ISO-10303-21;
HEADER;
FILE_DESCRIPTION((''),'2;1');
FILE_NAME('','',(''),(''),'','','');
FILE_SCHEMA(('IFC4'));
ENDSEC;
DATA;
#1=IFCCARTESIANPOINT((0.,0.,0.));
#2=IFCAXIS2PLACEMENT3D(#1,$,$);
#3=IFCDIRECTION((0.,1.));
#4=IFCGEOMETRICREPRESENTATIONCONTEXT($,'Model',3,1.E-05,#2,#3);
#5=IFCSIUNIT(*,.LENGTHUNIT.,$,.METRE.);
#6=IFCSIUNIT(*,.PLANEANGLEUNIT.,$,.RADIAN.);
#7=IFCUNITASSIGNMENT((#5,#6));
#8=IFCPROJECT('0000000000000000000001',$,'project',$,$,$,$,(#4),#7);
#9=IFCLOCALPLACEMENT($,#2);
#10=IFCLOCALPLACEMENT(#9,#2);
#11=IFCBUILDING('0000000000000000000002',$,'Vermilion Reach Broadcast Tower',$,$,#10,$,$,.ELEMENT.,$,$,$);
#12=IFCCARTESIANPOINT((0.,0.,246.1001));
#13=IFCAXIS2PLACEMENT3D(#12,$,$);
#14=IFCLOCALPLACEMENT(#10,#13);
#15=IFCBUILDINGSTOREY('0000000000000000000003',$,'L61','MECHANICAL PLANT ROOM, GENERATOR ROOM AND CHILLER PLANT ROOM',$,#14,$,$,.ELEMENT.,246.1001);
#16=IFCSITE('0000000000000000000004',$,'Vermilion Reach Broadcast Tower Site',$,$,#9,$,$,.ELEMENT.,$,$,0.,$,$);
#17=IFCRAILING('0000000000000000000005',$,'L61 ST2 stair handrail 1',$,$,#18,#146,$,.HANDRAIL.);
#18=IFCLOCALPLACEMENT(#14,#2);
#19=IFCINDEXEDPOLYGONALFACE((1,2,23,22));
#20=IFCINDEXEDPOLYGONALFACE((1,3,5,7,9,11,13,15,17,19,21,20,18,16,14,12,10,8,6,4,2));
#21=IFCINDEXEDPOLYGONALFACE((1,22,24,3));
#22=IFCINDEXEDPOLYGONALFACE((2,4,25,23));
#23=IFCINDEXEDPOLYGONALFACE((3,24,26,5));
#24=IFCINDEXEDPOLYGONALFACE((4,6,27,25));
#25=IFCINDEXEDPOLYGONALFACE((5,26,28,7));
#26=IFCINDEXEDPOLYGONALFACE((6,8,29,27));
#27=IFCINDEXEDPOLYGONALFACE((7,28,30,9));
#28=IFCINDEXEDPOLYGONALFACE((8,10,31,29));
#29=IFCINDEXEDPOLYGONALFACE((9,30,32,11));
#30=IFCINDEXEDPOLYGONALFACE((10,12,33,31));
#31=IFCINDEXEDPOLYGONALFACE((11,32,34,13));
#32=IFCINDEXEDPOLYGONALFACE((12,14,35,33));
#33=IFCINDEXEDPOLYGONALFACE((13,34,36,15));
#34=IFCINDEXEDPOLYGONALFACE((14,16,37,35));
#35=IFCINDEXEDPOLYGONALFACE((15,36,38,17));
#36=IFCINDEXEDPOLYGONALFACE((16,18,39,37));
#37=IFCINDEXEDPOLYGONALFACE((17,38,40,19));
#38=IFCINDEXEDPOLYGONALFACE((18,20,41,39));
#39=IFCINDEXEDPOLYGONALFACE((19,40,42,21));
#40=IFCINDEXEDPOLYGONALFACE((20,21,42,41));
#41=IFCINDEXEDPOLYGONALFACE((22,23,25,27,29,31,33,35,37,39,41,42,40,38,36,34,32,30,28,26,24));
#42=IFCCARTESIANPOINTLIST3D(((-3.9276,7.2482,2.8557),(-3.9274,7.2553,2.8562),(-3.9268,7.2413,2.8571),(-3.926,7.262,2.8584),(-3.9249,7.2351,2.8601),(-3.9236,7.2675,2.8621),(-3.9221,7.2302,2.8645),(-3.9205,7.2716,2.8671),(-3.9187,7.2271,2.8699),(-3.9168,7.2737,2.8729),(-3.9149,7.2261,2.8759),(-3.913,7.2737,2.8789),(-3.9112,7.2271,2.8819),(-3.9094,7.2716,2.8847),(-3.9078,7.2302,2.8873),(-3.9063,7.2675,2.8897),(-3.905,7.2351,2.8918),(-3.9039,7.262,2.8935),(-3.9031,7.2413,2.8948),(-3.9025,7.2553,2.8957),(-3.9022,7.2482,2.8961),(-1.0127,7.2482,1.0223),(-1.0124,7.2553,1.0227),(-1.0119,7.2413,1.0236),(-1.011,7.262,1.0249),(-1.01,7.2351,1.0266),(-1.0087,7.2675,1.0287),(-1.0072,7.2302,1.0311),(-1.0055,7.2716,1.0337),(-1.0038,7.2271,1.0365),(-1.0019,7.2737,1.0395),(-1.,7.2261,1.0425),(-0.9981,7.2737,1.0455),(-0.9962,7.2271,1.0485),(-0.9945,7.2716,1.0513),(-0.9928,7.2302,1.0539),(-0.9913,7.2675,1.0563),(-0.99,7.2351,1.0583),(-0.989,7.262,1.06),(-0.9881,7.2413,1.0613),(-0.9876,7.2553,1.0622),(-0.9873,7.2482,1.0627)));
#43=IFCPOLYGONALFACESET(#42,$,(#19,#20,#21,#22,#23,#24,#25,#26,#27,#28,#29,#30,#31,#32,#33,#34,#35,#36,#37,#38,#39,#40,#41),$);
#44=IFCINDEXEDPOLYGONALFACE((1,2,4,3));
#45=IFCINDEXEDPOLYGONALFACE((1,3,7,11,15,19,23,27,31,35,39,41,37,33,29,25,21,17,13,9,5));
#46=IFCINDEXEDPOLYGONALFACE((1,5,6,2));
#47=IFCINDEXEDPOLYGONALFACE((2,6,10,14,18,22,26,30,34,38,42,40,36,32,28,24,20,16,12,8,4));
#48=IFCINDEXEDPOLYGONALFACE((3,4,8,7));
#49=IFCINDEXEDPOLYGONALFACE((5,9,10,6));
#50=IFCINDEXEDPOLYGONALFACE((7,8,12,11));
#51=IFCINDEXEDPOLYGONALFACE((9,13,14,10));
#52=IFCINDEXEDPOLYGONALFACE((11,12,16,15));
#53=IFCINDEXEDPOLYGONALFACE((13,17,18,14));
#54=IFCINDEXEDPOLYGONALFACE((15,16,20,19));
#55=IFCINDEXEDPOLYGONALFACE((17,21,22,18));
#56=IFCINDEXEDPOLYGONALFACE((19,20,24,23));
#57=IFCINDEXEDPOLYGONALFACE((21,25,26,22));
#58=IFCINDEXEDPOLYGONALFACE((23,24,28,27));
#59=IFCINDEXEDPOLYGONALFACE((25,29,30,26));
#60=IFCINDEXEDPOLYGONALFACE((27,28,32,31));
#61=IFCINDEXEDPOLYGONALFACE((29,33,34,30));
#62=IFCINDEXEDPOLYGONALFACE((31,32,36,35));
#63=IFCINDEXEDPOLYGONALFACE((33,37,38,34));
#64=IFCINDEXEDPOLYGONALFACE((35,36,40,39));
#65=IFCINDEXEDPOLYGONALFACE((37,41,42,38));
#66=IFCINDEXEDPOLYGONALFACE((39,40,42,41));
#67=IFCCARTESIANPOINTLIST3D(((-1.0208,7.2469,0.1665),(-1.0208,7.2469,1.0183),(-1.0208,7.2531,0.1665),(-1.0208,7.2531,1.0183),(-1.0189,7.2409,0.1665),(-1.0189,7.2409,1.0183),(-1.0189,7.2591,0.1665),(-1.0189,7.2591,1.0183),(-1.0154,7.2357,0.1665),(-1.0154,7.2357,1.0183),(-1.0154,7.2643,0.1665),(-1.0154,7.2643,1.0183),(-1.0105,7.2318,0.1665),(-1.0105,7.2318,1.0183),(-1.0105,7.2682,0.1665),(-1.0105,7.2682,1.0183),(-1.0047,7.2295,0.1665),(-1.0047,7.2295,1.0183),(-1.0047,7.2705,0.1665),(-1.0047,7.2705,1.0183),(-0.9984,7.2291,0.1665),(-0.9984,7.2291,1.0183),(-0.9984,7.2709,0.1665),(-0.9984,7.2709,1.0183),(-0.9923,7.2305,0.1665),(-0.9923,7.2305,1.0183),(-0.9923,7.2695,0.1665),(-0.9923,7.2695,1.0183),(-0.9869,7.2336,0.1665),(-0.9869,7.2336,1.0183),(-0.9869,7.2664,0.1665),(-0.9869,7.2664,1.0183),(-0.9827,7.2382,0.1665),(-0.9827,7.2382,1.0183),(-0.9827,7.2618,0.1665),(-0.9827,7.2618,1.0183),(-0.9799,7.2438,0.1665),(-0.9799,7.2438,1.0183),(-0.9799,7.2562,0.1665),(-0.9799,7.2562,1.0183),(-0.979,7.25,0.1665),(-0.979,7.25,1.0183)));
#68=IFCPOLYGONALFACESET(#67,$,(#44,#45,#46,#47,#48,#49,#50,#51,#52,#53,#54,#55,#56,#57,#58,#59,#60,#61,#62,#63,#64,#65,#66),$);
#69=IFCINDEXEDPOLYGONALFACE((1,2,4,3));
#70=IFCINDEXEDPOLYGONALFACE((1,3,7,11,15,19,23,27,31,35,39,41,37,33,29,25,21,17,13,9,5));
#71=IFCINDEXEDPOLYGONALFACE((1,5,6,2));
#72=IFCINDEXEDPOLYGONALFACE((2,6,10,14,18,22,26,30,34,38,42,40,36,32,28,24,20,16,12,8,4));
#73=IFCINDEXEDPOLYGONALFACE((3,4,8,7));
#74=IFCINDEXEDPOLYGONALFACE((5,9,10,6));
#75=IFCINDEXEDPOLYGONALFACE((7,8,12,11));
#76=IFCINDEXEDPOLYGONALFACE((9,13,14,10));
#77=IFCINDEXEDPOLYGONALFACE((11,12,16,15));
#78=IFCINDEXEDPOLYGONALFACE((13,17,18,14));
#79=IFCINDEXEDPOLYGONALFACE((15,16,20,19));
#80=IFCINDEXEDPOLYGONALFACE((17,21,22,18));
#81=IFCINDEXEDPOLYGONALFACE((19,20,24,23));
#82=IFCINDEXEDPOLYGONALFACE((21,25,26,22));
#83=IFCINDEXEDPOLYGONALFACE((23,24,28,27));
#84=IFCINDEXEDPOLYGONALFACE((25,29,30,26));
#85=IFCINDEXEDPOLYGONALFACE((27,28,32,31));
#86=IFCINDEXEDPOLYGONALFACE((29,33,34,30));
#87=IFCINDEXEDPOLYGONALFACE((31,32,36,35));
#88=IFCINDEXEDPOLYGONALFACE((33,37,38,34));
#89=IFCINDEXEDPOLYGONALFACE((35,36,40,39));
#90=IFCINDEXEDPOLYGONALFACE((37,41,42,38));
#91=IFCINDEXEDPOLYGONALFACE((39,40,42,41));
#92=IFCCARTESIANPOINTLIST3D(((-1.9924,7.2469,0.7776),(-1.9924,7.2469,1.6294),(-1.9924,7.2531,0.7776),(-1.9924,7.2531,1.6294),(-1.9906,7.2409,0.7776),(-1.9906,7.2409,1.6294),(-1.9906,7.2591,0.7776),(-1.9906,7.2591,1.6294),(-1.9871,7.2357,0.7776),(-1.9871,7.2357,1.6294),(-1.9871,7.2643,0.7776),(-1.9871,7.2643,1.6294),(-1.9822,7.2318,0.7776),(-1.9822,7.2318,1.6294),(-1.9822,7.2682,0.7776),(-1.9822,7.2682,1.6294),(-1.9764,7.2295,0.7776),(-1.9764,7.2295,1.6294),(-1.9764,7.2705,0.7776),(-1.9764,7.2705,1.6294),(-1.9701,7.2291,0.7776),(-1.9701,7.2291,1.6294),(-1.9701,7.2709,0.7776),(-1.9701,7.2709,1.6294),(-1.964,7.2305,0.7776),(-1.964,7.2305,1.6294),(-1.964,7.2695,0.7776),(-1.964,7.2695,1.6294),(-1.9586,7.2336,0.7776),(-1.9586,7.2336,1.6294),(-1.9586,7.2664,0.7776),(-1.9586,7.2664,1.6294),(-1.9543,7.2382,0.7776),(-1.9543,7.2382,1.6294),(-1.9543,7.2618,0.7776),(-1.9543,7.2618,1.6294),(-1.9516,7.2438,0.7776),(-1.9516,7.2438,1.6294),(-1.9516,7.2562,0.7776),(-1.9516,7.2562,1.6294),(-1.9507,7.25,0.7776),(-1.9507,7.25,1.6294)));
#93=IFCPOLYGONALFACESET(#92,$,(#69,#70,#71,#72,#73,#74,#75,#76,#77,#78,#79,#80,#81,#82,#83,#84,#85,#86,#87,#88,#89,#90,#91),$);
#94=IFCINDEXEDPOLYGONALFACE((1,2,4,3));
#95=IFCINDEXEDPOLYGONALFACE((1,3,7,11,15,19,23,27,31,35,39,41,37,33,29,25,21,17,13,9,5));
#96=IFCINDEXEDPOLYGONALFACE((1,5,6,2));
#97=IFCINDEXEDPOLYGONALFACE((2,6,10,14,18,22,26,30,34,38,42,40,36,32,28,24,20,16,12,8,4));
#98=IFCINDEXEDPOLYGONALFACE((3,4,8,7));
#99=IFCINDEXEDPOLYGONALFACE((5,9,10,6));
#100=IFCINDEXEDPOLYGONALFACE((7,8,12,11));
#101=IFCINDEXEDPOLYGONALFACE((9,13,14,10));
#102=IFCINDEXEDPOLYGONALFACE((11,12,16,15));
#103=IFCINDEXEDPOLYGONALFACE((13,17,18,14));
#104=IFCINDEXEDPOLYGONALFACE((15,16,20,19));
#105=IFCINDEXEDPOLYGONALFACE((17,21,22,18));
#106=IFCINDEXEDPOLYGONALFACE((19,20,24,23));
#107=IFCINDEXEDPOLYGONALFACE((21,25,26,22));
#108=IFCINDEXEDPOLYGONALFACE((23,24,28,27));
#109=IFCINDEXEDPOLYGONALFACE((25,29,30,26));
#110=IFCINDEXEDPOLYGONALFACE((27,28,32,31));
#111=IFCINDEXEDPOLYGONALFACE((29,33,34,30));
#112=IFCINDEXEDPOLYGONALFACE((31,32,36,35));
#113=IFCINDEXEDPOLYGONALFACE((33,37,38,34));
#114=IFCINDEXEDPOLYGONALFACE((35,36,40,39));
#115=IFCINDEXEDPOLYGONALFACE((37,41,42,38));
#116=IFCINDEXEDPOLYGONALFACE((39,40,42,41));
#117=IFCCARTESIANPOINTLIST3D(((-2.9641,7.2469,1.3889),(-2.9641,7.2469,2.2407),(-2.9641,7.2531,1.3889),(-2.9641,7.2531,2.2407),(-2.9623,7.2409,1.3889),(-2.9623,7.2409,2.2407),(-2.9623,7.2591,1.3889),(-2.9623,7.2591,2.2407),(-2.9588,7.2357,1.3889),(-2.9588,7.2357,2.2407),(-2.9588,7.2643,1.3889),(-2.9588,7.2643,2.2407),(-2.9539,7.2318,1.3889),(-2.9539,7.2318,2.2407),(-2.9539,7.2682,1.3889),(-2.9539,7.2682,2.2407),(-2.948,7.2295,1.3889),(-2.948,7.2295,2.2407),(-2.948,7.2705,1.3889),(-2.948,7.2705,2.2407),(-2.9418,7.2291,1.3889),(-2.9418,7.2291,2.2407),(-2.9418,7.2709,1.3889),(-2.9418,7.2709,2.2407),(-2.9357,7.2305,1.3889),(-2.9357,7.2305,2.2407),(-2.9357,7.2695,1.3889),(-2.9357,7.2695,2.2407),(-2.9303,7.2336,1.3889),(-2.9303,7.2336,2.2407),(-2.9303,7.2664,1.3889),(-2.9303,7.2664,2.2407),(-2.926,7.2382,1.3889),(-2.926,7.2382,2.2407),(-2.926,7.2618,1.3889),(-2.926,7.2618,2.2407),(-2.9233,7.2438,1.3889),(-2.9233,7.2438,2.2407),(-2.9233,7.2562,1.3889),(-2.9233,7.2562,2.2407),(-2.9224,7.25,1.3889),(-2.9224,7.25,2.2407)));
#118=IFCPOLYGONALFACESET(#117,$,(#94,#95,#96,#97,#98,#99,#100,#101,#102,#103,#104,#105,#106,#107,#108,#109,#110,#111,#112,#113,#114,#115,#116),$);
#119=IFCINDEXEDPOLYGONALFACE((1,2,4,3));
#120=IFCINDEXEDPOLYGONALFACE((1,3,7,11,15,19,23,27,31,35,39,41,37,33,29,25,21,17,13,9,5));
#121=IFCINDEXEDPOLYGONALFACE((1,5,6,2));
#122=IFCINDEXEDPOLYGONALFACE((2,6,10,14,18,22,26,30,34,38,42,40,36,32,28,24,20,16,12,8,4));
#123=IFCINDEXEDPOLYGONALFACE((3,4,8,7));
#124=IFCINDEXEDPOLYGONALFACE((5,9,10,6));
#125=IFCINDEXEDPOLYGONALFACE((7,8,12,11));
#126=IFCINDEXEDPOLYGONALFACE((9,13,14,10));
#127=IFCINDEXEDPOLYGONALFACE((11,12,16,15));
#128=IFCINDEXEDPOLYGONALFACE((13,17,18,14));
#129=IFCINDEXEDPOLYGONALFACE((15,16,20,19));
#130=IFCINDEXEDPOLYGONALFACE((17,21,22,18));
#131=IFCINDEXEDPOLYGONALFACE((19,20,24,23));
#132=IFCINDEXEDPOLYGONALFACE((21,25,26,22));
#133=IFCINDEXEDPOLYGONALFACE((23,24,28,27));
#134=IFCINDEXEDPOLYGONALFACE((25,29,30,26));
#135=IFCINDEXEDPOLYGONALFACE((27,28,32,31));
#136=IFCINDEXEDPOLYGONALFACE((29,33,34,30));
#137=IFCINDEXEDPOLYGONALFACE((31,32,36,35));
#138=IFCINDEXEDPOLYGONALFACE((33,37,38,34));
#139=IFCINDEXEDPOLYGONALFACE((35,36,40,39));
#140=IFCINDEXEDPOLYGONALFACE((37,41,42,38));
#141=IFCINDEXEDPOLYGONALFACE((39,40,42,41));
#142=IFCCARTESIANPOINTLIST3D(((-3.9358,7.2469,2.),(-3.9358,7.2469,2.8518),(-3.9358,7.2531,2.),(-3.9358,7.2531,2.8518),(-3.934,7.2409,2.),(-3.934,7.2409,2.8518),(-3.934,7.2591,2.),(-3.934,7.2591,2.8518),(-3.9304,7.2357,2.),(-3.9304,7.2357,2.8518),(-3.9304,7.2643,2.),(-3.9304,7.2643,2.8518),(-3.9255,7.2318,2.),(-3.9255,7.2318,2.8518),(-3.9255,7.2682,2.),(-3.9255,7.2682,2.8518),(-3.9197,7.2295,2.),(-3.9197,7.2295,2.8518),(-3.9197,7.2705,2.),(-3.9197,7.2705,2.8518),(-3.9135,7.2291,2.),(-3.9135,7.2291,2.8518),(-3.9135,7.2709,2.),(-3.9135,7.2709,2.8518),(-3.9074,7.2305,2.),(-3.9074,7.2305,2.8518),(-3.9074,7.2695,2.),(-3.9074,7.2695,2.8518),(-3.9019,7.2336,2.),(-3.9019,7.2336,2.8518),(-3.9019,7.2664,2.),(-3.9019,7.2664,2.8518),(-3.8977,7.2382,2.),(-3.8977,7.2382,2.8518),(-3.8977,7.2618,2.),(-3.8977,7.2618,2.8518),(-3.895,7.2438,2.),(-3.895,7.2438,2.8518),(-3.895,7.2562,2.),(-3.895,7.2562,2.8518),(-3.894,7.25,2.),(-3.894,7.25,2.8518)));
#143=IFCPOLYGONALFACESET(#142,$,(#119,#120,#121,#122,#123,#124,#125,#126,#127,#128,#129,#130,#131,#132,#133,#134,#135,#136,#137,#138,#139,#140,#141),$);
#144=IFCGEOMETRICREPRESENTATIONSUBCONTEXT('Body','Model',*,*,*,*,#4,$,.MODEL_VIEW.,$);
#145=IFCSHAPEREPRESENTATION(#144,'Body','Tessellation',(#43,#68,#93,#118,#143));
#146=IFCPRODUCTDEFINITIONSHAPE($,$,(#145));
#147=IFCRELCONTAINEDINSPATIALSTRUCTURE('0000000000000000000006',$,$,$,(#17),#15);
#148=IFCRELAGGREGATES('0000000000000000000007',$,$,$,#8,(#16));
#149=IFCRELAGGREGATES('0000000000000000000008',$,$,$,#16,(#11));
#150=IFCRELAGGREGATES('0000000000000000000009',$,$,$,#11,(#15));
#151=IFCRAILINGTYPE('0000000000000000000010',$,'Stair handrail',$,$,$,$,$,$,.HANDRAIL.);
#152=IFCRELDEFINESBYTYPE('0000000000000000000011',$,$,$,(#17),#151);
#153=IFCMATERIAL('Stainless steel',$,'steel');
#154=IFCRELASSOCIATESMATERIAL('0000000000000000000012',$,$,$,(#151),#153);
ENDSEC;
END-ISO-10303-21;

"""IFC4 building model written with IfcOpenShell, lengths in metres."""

from ifc_helpers import new_model, si_unit, direction, frame, origin, origin_2d, place, context, subcontext, project, spatial, circle, extrude, material, type_object, element, save


model = new_model("IFC4")

# Units and contexts
model_context = context("Model", 3, precision=1e-05, world=origin(), true_north=direction((0.0, 1.0)))
body_context = subcontext(model_context, "Body", "Model", "MODEL_VIEW")
ifc_project = project(units=[si_unit("LENGTHUNIT", "METRE"), si_unit("PLANEANGLEUNIT", "RADIAN")], contexts=[model_context])

# Site, building, storey
site_placement = place(None, origin())
site = spatial("IfcSite", under=ifc_project, at=site_placement, Name="Vermilion Reach Broadcast Tower Site", CompositionType="ELEMENT", RefElevation=0.0)
building_placement = place(site_placement, origin())
building = spatial("IfcBuilding", under=site, at=building_placement, Name="Vermilion Reach Broadcast Tower", CompositionType="ELEMENT")
storey_placement = place(building_placement, frame((0.0, 0.0, 246.1001)))
storey = spatial("IfcBuildingStorey", under=building, at=storey_placement, Name="L61", Description="MECHANICAL PLANT ROOM, GENERATOR ROOM AND CHILLER PLANT ROOM", CompositionType="ELEMENT", Elevation=246.1001)

# Railing
ifc_material_1 = material(Name="Stainless steel", Category="steel")
railing_type_1 = type_object("IfcRailingType", Name="Stair handrail", PredefinedType="HANDRAIL", material=ifc_material_1)
railing_1_placement = place(storey_placement, frame((-1.0, 7.25, 0.1665)))
element("IfcRailing", 1, at=railing_1_placement, inside=storey, type_object=railing_type_1, Name="L61 ST2 stair handrail 1", PredefinedType="HANDRAIL", context=body_context, shape_type="SweptSolid", body=[
    extrude(circle(Radius=0.0239, at=origin_2d()), frame((0.0, 0.0, 0.876), z_axis=(-0.846481, 0.0, 0.532418), x_axis=(0.0, -1.0, 0.0)), (0.0, 0.0, 1.0), 3.4436),
    extrude(circle(Radius=0.021, at=origin_2d()), origin(), (0.0, 0.0, 1.0), 0.8518),
    extrude(circle(Radius=0.021, at=origin_2d()), frame((-0.9717, 0.0, 0.6111)), (0.0, 0.0, 1.0), 0.8518),
    extrude(circle(Radius=0.021, at=origin_2d()), frame((-1.9434, 0.0, 1.2224)), (0.0, 0.0, 1.0), 0.8518),
    extrude(circle(Radius=0.021, at=origin_2d()), frame((-2.915, 0.0, 1.8335)), (0.0, 0.0, 1.0), 0.8518),
])

save(model, "model.ifc")
